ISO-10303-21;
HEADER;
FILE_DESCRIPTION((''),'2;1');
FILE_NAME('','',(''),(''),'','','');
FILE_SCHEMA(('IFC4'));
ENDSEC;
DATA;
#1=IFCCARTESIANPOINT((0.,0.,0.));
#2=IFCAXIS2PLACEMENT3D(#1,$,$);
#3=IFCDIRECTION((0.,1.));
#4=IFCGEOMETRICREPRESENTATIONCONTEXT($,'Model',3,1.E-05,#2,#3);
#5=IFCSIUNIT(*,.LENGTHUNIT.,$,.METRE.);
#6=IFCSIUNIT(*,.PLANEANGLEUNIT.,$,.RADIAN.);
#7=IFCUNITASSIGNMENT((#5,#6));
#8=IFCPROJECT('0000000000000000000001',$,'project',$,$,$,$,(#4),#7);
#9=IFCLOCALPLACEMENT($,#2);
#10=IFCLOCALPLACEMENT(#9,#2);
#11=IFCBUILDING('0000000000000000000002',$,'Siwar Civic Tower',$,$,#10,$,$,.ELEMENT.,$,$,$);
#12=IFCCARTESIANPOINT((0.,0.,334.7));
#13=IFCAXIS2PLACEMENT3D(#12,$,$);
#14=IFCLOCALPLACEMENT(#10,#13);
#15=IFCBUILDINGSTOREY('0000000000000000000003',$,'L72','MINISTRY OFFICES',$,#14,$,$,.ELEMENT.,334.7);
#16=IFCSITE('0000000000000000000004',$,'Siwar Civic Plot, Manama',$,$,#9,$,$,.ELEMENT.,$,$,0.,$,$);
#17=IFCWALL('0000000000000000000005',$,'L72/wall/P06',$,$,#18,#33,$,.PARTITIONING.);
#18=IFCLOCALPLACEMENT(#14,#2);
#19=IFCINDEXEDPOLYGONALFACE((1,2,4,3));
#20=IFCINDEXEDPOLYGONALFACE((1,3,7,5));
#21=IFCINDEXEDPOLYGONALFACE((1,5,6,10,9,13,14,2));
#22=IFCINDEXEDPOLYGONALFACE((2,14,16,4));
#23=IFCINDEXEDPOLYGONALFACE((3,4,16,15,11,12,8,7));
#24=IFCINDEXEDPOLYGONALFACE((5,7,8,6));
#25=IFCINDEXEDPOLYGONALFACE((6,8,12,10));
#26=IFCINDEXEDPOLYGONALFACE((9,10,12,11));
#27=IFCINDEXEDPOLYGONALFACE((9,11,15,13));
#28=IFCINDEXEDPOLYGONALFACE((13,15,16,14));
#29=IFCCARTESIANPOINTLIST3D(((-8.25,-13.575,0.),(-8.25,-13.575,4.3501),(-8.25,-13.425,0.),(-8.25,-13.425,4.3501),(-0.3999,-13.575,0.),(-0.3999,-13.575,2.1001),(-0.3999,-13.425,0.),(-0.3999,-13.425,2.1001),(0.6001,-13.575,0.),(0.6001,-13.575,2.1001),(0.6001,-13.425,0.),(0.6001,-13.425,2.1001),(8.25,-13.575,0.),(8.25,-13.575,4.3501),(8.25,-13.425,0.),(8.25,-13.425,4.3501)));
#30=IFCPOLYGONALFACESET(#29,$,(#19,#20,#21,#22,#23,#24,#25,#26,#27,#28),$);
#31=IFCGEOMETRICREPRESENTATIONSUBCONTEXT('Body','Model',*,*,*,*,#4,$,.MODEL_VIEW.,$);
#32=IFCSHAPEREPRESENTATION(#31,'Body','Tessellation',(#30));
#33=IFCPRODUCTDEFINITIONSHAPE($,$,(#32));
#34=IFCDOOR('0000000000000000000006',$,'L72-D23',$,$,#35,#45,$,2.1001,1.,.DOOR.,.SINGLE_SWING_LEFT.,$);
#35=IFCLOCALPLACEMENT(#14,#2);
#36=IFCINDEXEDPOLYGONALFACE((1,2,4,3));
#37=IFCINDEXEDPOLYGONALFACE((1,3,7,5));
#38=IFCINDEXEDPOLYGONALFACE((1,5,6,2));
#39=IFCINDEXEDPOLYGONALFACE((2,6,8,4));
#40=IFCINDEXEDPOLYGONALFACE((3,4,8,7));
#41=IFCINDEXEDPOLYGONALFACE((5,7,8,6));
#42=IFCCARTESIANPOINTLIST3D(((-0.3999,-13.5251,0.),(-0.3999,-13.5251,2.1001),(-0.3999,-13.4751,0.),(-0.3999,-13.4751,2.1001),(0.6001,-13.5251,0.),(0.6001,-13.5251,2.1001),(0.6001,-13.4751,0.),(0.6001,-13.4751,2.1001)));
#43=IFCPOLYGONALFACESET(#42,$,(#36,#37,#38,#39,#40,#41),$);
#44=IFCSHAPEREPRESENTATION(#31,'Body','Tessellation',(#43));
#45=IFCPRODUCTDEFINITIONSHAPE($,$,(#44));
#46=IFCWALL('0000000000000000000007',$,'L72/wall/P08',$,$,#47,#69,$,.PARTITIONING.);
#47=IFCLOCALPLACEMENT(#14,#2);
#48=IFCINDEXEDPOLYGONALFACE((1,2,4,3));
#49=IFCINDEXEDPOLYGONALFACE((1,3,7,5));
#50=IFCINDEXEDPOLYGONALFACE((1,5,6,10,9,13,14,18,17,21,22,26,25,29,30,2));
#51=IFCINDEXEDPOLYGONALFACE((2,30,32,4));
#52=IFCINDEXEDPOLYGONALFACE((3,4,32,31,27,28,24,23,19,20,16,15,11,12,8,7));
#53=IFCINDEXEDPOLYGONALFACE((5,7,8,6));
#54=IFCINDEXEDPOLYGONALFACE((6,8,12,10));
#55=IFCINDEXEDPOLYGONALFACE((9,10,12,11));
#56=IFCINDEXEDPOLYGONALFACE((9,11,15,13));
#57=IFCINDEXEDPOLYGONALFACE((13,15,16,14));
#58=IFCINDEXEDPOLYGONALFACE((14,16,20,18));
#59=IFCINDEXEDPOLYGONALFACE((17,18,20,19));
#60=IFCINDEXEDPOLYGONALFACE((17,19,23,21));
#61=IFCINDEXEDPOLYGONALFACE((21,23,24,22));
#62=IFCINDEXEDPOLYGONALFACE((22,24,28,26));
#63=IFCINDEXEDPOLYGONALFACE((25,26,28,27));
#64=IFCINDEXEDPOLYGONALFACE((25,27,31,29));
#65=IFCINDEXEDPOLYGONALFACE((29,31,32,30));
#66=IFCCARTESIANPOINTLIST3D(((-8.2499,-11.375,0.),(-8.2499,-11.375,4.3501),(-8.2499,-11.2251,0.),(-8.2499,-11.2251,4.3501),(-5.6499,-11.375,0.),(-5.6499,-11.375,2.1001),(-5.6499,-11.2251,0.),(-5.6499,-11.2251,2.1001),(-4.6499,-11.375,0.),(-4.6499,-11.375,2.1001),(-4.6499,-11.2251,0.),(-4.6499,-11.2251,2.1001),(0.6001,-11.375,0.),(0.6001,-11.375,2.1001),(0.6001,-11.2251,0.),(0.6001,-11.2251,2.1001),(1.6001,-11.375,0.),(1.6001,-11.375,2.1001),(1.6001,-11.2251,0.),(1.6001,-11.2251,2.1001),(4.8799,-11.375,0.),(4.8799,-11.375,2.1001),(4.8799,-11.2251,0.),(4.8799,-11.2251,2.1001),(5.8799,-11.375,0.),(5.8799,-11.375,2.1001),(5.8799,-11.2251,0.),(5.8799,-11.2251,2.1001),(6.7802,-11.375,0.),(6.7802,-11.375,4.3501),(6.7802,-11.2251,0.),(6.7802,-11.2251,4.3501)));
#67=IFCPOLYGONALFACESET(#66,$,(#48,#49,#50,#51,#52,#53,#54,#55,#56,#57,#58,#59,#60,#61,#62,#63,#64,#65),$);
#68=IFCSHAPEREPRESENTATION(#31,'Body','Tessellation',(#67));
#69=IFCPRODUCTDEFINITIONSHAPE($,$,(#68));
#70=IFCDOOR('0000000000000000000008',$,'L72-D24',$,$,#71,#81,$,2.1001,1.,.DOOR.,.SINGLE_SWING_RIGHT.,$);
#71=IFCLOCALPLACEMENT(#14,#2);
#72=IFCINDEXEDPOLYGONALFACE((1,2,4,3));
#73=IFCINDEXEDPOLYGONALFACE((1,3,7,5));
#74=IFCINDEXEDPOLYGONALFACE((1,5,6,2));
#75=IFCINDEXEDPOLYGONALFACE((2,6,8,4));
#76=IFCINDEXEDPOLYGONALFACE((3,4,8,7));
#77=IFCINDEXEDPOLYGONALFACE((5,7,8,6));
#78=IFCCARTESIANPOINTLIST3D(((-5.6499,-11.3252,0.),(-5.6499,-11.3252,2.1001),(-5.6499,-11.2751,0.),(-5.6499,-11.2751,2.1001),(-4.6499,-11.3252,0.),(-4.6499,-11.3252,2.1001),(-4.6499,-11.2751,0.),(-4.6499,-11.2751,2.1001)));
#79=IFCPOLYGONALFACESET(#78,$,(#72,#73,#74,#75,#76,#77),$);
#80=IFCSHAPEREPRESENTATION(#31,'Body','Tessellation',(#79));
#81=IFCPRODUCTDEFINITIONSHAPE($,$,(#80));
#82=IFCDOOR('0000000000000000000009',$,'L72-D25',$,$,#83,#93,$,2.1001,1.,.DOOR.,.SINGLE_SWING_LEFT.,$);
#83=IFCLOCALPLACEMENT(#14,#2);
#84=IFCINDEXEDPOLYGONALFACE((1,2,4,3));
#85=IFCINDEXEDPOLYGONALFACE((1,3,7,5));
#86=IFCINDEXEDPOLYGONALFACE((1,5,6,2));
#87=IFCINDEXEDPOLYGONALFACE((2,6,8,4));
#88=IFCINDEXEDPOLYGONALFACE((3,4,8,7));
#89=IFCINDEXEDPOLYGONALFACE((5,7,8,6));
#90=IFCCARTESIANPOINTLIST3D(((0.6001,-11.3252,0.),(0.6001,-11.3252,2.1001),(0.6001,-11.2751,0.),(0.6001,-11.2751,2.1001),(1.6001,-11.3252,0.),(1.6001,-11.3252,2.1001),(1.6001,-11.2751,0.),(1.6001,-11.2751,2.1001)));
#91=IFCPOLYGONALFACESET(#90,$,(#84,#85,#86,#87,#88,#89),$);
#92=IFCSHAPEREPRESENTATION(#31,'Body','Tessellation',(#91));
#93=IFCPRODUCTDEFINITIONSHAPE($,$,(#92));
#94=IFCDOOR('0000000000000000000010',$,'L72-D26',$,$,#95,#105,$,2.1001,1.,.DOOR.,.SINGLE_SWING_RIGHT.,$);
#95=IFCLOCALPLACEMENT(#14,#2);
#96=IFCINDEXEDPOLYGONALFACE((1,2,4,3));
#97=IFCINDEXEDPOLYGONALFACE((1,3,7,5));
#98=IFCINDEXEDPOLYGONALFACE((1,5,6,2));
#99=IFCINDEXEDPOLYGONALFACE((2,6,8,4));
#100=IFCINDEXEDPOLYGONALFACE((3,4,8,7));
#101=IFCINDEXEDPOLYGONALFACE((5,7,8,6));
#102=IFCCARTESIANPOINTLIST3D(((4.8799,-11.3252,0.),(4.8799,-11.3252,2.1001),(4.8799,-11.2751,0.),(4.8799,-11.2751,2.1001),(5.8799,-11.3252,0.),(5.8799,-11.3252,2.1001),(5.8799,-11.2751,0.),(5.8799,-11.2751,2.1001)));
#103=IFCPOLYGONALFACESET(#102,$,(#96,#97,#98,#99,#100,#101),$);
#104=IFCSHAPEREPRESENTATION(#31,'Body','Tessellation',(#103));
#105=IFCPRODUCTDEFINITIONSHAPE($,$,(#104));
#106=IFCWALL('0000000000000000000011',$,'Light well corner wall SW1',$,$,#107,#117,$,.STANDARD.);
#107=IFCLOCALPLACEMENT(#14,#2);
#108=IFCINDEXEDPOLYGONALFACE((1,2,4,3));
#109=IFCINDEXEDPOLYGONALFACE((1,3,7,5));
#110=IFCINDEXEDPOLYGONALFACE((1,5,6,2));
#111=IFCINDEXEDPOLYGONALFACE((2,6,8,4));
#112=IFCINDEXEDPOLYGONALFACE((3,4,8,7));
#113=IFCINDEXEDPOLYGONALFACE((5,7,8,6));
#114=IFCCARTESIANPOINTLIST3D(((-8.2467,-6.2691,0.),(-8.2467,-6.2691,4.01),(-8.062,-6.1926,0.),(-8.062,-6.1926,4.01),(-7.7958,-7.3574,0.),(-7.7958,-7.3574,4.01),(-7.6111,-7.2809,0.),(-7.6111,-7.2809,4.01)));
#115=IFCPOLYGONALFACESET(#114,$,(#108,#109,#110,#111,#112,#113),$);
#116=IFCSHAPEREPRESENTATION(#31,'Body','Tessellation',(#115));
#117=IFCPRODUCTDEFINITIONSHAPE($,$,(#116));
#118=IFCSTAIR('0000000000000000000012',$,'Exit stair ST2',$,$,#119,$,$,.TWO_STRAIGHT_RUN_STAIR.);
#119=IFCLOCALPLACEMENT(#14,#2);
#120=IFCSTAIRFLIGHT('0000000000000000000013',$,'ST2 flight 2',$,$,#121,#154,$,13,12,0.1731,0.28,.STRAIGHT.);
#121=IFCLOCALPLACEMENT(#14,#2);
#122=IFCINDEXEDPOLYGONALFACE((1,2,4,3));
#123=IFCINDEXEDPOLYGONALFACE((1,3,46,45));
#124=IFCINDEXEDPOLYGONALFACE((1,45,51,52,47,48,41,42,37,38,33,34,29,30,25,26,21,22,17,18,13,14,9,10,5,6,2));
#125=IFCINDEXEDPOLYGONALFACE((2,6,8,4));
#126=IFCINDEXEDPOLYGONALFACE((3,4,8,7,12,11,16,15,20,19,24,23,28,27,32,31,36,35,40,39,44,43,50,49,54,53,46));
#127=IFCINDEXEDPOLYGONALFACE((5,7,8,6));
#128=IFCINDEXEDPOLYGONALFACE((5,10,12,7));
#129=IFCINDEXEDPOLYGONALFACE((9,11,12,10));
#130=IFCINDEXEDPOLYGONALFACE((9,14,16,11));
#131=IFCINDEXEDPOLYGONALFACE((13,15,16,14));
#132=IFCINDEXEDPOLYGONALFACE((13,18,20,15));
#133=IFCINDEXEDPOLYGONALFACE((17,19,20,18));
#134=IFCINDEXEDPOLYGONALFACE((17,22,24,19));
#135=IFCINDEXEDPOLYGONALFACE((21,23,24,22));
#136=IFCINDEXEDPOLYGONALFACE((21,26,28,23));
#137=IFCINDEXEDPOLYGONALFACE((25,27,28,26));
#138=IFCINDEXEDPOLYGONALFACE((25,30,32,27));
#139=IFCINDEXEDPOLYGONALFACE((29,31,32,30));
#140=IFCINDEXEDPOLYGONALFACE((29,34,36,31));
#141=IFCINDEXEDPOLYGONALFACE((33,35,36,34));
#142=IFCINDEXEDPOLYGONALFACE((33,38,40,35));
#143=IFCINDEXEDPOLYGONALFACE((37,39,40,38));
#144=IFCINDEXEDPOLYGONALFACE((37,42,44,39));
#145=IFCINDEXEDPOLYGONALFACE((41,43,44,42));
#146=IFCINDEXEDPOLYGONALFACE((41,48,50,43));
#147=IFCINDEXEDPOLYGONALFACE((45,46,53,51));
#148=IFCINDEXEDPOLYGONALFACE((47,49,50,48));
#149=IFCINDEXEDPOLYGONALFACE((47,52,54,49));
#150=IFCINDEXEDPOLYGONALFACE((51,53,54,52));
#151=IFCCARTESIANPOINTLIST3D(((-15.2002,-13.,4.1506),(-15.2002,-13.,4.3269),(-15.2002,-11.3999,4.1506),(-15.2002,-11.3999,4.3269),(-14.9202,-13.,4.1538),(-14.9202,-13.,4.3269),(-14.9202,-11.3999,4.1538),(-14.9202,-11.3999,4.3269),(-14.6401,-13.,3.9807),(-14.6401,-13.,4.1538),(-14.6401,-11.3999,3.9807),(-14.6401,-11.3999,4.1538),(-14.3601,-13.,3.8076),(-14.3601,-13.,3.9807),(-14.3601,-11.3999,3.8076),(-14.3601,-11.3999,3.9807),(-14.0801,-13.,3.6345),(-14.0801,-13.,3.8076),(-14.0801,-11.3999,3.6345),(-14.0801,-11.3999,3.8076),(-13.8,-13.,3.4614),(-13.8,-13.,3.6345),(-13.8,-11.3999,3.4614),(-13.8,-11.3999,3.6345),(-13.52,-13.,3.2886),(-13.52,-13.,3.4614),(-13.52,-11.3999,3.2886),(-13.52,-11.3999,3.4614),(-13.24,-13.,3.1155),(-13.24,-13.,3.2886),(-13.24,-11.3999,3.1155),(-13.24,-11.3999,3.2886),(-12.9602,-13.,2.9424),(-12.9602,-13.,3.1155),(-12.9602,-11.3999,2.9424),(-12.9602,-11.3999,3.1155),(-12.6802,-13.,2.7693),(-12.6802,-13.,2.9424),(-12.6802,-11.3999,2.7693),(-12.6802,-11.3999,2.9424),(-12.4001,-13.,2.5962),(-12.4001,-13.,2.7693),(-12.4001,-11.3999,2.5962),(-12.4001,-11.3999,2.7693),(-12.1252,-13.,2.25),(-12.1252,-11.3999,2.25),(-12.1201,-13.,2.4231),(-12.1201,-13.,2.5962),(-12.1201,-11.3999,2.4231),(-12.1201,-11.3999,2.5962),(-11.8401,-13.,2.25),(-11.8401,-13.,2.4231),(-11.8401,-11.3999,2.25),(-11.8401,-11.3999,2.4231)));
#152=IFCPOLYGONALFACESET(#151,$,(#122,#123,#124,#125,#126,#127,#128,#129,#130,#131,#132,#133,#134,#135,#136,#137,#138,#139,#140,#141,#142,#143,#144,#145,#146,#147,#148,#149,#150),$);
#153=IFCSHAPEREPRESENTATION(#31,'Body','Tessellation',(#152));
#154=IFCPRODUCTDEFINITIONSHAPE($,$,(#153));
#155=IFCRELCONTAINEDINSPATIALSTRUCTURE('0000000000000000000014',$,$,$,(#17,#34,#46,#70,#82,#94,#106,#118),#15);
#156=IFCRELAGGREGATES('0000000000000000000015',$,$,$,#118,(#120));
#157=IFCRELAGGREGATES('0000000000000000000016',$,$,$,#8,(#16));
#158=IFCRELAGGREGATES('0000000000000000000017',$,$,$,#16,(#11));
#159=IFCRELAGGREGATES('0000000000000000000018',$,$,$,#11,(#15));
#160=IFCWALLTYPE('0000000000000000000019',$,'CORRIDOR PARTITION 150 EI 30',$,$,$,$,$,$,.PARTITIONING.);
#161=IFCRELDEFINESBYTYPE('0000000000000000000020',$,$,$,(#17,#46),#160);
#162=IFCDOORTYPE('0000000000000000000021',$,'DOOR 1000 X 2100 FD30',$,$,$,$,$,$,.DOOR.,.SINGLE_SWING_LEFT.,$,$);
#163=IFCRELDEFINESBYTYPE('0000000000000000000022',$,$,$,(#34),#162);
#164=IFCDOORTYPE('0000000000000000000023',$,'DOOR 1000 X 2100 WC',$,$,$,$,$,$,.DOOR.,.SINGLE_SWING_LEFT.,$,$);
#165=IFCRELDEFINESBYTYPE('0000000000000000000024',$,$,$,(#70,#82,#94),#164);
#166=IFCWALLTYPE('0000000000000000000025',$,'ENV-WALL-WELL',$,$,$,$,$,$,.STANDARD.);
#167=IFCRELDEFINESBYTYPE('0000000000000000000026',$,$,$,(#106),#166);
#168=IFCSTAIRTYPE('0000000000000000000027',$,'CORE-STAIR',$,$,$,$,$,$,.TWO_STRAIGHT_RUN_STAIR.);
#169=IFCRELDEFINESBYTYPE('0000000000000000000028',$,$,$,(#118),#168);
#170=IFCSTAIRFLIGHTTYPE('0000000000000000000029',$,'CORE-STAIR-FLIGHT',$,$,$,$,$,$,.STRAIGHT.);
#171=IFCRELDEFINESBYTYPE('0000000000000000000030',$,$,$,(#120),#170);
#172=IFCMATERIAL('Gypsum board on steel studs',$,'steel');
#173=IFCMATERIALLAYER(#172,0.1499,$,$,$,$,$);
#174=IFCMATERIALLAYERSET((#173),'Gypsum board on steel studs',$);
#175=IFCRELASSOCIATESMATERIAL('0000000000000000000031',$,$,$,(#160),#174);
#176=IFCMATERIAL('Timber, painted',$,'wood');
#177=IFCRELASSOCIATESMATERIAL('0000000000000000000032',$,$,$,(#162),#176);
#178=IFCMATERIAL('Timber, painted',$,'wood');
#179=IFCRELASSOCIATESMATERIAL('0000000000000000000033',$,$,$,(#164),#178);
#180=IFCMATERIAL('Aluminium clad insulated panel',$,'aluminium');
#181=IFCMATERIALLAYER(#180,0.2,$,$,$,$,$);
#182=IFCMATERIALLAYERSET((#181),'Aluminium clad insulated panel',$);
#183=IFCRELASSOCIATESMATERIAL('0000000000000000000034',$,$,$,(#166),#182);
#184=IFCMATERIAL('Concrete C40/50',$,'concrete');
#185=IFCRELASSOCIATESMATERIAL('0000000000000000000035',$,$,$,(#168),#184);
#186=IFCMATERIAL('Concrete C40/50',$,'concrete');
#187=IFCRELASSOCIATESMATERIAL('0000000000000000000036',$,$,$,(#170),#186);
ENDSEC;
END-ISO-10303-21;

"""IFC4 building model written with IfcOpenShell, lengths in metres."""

from ifc_helpers import new_model, si_unit, direction, frame, frame_2d, origin, place, context, subcontext, project, spatial, polyline, rectangle, outline, extrude, material, layer, layer_set, type_object, element, fill, aggregate, save


model = new_model("IFC4")

# Units and contexts
model_context = context("Model", 3, precision=1e-05, world=origin(), true_north=direction((0.0, 1.0)))
body_context = subcontext(model_context, "Body", "Model", "MODEL_VIEW")
ifc_project = project(units=[si_unit("LENGTHUNIT", "METRE"), si_unit("PLANEANGLEUNIT", "RADIAN")], contexts=[model_context])

# Site, building, storey
site_placement = place(None, origin())
site = spatial("IfcSite", under=ifc_project, at=site_placement, Name="Siwar Civic Plot, Manama", CompositionType="ELEMENT", RefElevation=0.0)
building_placement = place(site_placement, origin())
building = spatial("IfcBuilding", under=site, at=building_placement, Name="Siwar Civic Tower", CompositionType="ELEMENT")
storey_placement = place(building_placement, frame((0.0, 0.0, 334.7)))
storey = spatial("IfcBuildingStorey", under=building, at=storey_placement, Name="L72", Description="MINISTRY OFFICES", CompositionType="ELEMENT", Elevation=334.7)

# Wall, opening, door
ifc_material_1 = material(Name="Gypsum board on steel studs", Category="steel")
ifc_layer_1 = layer(ifc_material_1, 0.1499)
ifc_layer_set_1 = layer_set([ifc_layer_1], Name="Gypsum board on steel studs")
wall_type_1 = type_object("IfcWallType", Name="CORRIDOR PARTITION 150 EI 30", PredefinedType="PARTITIONING", material=ifc_layer_set_1)
wall_1_placement = place(storey_placement, frame((-8.25, -13.5, 0.0), z_axis=(0.0, 0.0, 1.0), x_axis=(1.0, 0.0, 0.0)))
wall_1 = element("IfcWall", 1, at=wall_1_placement, inside=storey, type_object=wall_type_1, Name="L72/wall/P06", PredefinedType="PARTITIONING", context=body_context, shape_type="SweptSolid", body=[
    extrude(rectangle(XDim=16.5, YDim=0.1499, at=frame_2d((8.25, 0.0))), origin(), (0.0, 0.0, 1.0), 4.3501),
])
opening_1_placement = place(wall_1_placement, frame((7.8501, 0.0, 0.0)))
opening_1 = element("IfcOpeningElement", 2, at=opening_1_placement, cuts=wall_1, PredefinedType="OPENING", context=body_context, shape_type="SweptSolid", body=[
    extrude(rectangle(XDim=1.0, YDim=2.1001, at=frame_2d((0.5, 1.05))), frame((0.0, 0.085, 0.0), z_axis=(0.0, -1.0, 0.0), x_axis=(1.0, 0.0, 0.0)), (0.0, 0.0, 1.0), 0.1699),
])
ifc_material_2 = material(Name="Timber, painted", Category="wood")
door_type_1 = type_object("IfcDoorType", Name="DOOR 1000 X 2100 FD30", OperationType="SINGLE_SWING_LEFT", PredefinedType="DOOR", material=ifc_material_2)
door_1_placement = place(opening_1_placement, origin())
door_1 = element("IfcDoor", 3, at=door_1_placement, inside=storey, type_object=door_type_1, Name="L72-D23", OperationType="SINGLE_SWING_LEFT", OverallHeight=2.1001, OverallWidth=1.0, PredefinedType="DOOR", context=body_context, shape_type="SweptSolid", body=[
    extrude(rectangle(XDim=1.0, YDim=2.1001, at=frame_2d((0.5, 1.05))), frame((0.0, 0.0249, 0.0), z_axis=(0.0, -1.0, 0.0), x_axis=(1.0, 0.0, 0.0)), (0.0, 0.0, 1.0), 0.05),
])
fill(opening_1, door_1)

# Wall, openings, doors
wall_2_placement = place(storey_placement, frame((-8.25, -11.3, 0.0), z_axis=(0.0, 0.0, 1.0), x_axis=(1.0, 0.0, 0.0)))
wall_2 = element("IfcWall", 4, at=wall_2_placement, inside=storey, type_object=wall_type_1, Name="L72/wall/P08", PredefinedType="PARTITIONING", context=body_context, shape_type="SweptSolid", body=[
    extrude(rectangle(XDim=15.03, YDim=0.1499, at=frame_2d((7.5151, 0.0))), origin(), (0.0, 0.0, 1.0), 4.3501),
])
opening_2_placement = place(wall_2_placement, frame((2.6001, 0.0, 0.0)))
opening_2 = element("IfcOpeningElement", 5, at=opening_2_placement, cuts=wall_2, PredefinedType="OPENING", context=body_context, shape_type="SweptSolid", body=[
    extrude(rectangle(XDim=1.0, YDim=2.1001, at=frame_2d((0.5, 1.05))), frame((0.0, 0.085, 0.0), z_axis=(0.0, -1.0, 0.0), x_axis=(1.0, 0.0, 0.0)), (0.0, 0.0, 1.0), 0.1699),
])
opening_3_placement = place(wall_2_placement, frame((8.8501, 0.0, 0.0)))
opening_3 = element("IfcOpeningElement", 6, at=opening_3_placement, cuts=wall_2, PredefinedType="OPENING", context=body_context, shape_type="SweptSolid", body=[
    extrude(rectangle(XDim=1.0, YDim=2.1001, at=frame_2d((0.5, 1.05))), frame((0.0, 0.085, 0.0), z_axis=(0.0, -1.0, 0.0), x_axis=(1.0, 0.0, 0.0)), (0.0, 0.0, 1.0), 0.1699),
])
opening_4_placement = place(wall_2_placement, frame((13.1299, 0.0, 0.0)))
opening_4 = element("IfcOpeningElement", 7, at=opening_4_placement, cuts=wall_2, PredefinedType="OPENING", context=body_context, shape_type="SweptSolid", body=[
    extrude(rectangle(XDim=1.0, YDim=2.1001, at=frame_2d((0.5, 1.05))), frame((0.0, 0.085, 0.0), z_axis=(0.0, -1.0, 0.0), x_axis=(1.0, 0.0, 0.0)), (0.0, 0.0, 1.0), 0.1699),
])
ifc_material_3 = material(Name="Timber, painted", Category="wood")
door_type_2 = type_object("IfcDoorType", Name="DOOR 1000 X 2100 WC", OperationType="SINGLE_SWING_LEFT", PredefinedType="DOOR", material=ifc_material_3)
door_2_placement = place(opening_2_placement, origin())
door_2 = element("IfcDoor", 8, at=door_2_placement, inside=storey, type_object=door_type_2, Name="L72-D24", OperationType="SINGLE_SWING_RIGHT", OverallHeight=2.1001, OverallWidth=1.0, PredefinedType="DOOR", context=body_context, shape_type="SweptSolid", body=[
    extrude(rectangle(XDim=1.0, YDim=2.1001, at=frame_2d((0.5, 1.05))), frame((0.0, 0.0249, 0.0), z_axis=(0.0, -1.0, 0.0), x_axis=(1.0, 0.0, 0.0)), (0.0, 0.0, 1.0), 0.05),
])
fill(opening_2, door_2)
door_3_placement = place(opening_3_placement, origin())
door_3 = element("IfcDoor", 9, at=door_3_placement, inside=storey, type_object=door_type_2, Name="L72-D25", OperationType="SINGLE_SWING_LEFT", OverallHeight=2.1001, OverallWidth=1.0, PredefinedType="DOOR", context=body_context, shape_type="SweptSolid", body=[
    extrude(rectangle(XDim=1.0, YDim=2.1001, at=frame_2d((0.5, 1.05))), frame((0.0, 0.0249, 0.0), z_axis=(0.0, -1.0, 0.0), x_axis=(1.0, 0.0, 0.0)), (0.0, 0.0, 1.0), 0.05),
])
fill(opening_3, door_3)
door_4_placement = place(opening_4_placement, origin())
door_4 = element("IfcDoor", 10, at=door_4_placement, inside=storey, type_object=door_type_2, Name="L72-D26", OperationType="SINGLE_SWING_RIGHT", OverallHeight=2.1001, OverallWidth=1.0, PredefinedType="DOOR", context=body_context, shape_type="SweptSolid", body=[
    extrude(rectangle(XDim=1.0, YDim=2.1001, at=frame_2d((0.5, 1.05))), frame((0.0, 0.0249, 0.0), z_axis=(0.0, -1.0, 0.0), x_axis=(1.0, 0.0, 0.0)), (0.0, 0.0, 1.0), 0.05),
])
fill(opening_4, door_4)

# Wall
ifc_material_4 = material(Name="Aluminium clad insulated panel", Category="aluminium")
ifc_layer_2 = layer(ifc_material_4, 0.2)
ifc_layer_set_2 = layer_set([ifc_layer_2], Name="Aluminium clad insulated panel")
wall_type_2 = type_object("IfcWallType", Name="ENV-WALL-WELL", PredefinedType="STANDARD", material=ifc_layer_set_2)
wall_3_placement = place(storey_placement, frame((-8.1543, -6.231, 0.0), z_axis=(0.0, 0.0, 1.0), x_axis=(0.382761, -0.923848, 0.0)))
element("IfcWall", 11, at=wall_3_placement, inside=storey, type_object=wall_type_2, Name="Light well corner wall SW1", PredefinedType="STANDARD", context=body_context, shape_type="SweptSolid", body=[
    extrude(rectangle(XDim=1.178, YDim=0.2, at=frame_2d((0.5889, 0.0))), origin(), (0.0, 0.0, 1.0), 4.01),
])

# Stair, stair flight
ifc_material_5 = material(Name="Concrete C40/50", Category="concrete")
stair_type = type_object("IfcStairType", Name="CORE-STAIR", PredefinedType="TWO_STRAIGHT_RUN_STAIR", material=ifc_material_5)
stair_placement = place(storey_placement, origin())
stair = element("IfcStair", 12, at=stair_placement, inside=storey, type_object=stair_type, Name="Exit stair ST2", PredefinedType="TWO_STRAIGHT_RUN_STAIR")
ifc_material_6 = material(Name="Concrete C40/50", Category="concrete")
stair_flight_type = type_object("IfcStairFlightType", Name="CORE-STAIR-FLIGHT", PredefinedType="STRAIGHT", material=ifc_material_6)
stair_flight_placement = place(storey_placement, frame((-11.8401, -12.2, 2.25), z_axis=(0.0, 0.0, 1.0), x_axis=(-1.0, 0.0, 0.0)))
stair_flight = element("IfcStairFlight", 13, at=stair_flight_placement, type_object=stair_flight_type, Name="ST2 flight 2", NumberOfRisers=13, NumberOfTreads=12, PredefinedType="STRAIGHT", RiserHeight=0.1731, TreadLength=0.28, context=body_context, shape_type="SweptSolid", body=[
    extrude(outline(polyline([(0.0, 0.0), (0.0, 0.1731), (0.28, 0.1731), (0.28, 0.3462), (0.5601, 0.3462), (0.5601, 0.5193), (0.8401, 0.5193), (0.8401, 0.6924), (1.1201, 0.6924), (1.1201, 0.8655), (1.3999, 0.8655), (1.3999, 1.0386), (1.6799, 1.0386), (1.6799, 1.2114), (1.96, 1.2114), (1.96, 1.3845), (2.24, 1.3845), (2.24, 1.5576), (2.52, 1.5576), (2.52, 1.7307), (2.8, 1.7307), (2.8, 1.9038), (3.0801, 1.9038), (3.0801, 2.0769), (3.3601, 2.0769), (3.3601, 2.25), (3.3601, 1.9006), (0.2852, 0.0), (0.0, 0.0)])), frame((0.0, 0.8, 0.0), z_axis=(0.0, -1.0, 0.0), x_axis=(1.0, 0.0, 0.0)), (0.0, 0.0, 1.0), 1.6001),
])
aggregate(stair, [stair_flight])

save(model, "model.ifc")
